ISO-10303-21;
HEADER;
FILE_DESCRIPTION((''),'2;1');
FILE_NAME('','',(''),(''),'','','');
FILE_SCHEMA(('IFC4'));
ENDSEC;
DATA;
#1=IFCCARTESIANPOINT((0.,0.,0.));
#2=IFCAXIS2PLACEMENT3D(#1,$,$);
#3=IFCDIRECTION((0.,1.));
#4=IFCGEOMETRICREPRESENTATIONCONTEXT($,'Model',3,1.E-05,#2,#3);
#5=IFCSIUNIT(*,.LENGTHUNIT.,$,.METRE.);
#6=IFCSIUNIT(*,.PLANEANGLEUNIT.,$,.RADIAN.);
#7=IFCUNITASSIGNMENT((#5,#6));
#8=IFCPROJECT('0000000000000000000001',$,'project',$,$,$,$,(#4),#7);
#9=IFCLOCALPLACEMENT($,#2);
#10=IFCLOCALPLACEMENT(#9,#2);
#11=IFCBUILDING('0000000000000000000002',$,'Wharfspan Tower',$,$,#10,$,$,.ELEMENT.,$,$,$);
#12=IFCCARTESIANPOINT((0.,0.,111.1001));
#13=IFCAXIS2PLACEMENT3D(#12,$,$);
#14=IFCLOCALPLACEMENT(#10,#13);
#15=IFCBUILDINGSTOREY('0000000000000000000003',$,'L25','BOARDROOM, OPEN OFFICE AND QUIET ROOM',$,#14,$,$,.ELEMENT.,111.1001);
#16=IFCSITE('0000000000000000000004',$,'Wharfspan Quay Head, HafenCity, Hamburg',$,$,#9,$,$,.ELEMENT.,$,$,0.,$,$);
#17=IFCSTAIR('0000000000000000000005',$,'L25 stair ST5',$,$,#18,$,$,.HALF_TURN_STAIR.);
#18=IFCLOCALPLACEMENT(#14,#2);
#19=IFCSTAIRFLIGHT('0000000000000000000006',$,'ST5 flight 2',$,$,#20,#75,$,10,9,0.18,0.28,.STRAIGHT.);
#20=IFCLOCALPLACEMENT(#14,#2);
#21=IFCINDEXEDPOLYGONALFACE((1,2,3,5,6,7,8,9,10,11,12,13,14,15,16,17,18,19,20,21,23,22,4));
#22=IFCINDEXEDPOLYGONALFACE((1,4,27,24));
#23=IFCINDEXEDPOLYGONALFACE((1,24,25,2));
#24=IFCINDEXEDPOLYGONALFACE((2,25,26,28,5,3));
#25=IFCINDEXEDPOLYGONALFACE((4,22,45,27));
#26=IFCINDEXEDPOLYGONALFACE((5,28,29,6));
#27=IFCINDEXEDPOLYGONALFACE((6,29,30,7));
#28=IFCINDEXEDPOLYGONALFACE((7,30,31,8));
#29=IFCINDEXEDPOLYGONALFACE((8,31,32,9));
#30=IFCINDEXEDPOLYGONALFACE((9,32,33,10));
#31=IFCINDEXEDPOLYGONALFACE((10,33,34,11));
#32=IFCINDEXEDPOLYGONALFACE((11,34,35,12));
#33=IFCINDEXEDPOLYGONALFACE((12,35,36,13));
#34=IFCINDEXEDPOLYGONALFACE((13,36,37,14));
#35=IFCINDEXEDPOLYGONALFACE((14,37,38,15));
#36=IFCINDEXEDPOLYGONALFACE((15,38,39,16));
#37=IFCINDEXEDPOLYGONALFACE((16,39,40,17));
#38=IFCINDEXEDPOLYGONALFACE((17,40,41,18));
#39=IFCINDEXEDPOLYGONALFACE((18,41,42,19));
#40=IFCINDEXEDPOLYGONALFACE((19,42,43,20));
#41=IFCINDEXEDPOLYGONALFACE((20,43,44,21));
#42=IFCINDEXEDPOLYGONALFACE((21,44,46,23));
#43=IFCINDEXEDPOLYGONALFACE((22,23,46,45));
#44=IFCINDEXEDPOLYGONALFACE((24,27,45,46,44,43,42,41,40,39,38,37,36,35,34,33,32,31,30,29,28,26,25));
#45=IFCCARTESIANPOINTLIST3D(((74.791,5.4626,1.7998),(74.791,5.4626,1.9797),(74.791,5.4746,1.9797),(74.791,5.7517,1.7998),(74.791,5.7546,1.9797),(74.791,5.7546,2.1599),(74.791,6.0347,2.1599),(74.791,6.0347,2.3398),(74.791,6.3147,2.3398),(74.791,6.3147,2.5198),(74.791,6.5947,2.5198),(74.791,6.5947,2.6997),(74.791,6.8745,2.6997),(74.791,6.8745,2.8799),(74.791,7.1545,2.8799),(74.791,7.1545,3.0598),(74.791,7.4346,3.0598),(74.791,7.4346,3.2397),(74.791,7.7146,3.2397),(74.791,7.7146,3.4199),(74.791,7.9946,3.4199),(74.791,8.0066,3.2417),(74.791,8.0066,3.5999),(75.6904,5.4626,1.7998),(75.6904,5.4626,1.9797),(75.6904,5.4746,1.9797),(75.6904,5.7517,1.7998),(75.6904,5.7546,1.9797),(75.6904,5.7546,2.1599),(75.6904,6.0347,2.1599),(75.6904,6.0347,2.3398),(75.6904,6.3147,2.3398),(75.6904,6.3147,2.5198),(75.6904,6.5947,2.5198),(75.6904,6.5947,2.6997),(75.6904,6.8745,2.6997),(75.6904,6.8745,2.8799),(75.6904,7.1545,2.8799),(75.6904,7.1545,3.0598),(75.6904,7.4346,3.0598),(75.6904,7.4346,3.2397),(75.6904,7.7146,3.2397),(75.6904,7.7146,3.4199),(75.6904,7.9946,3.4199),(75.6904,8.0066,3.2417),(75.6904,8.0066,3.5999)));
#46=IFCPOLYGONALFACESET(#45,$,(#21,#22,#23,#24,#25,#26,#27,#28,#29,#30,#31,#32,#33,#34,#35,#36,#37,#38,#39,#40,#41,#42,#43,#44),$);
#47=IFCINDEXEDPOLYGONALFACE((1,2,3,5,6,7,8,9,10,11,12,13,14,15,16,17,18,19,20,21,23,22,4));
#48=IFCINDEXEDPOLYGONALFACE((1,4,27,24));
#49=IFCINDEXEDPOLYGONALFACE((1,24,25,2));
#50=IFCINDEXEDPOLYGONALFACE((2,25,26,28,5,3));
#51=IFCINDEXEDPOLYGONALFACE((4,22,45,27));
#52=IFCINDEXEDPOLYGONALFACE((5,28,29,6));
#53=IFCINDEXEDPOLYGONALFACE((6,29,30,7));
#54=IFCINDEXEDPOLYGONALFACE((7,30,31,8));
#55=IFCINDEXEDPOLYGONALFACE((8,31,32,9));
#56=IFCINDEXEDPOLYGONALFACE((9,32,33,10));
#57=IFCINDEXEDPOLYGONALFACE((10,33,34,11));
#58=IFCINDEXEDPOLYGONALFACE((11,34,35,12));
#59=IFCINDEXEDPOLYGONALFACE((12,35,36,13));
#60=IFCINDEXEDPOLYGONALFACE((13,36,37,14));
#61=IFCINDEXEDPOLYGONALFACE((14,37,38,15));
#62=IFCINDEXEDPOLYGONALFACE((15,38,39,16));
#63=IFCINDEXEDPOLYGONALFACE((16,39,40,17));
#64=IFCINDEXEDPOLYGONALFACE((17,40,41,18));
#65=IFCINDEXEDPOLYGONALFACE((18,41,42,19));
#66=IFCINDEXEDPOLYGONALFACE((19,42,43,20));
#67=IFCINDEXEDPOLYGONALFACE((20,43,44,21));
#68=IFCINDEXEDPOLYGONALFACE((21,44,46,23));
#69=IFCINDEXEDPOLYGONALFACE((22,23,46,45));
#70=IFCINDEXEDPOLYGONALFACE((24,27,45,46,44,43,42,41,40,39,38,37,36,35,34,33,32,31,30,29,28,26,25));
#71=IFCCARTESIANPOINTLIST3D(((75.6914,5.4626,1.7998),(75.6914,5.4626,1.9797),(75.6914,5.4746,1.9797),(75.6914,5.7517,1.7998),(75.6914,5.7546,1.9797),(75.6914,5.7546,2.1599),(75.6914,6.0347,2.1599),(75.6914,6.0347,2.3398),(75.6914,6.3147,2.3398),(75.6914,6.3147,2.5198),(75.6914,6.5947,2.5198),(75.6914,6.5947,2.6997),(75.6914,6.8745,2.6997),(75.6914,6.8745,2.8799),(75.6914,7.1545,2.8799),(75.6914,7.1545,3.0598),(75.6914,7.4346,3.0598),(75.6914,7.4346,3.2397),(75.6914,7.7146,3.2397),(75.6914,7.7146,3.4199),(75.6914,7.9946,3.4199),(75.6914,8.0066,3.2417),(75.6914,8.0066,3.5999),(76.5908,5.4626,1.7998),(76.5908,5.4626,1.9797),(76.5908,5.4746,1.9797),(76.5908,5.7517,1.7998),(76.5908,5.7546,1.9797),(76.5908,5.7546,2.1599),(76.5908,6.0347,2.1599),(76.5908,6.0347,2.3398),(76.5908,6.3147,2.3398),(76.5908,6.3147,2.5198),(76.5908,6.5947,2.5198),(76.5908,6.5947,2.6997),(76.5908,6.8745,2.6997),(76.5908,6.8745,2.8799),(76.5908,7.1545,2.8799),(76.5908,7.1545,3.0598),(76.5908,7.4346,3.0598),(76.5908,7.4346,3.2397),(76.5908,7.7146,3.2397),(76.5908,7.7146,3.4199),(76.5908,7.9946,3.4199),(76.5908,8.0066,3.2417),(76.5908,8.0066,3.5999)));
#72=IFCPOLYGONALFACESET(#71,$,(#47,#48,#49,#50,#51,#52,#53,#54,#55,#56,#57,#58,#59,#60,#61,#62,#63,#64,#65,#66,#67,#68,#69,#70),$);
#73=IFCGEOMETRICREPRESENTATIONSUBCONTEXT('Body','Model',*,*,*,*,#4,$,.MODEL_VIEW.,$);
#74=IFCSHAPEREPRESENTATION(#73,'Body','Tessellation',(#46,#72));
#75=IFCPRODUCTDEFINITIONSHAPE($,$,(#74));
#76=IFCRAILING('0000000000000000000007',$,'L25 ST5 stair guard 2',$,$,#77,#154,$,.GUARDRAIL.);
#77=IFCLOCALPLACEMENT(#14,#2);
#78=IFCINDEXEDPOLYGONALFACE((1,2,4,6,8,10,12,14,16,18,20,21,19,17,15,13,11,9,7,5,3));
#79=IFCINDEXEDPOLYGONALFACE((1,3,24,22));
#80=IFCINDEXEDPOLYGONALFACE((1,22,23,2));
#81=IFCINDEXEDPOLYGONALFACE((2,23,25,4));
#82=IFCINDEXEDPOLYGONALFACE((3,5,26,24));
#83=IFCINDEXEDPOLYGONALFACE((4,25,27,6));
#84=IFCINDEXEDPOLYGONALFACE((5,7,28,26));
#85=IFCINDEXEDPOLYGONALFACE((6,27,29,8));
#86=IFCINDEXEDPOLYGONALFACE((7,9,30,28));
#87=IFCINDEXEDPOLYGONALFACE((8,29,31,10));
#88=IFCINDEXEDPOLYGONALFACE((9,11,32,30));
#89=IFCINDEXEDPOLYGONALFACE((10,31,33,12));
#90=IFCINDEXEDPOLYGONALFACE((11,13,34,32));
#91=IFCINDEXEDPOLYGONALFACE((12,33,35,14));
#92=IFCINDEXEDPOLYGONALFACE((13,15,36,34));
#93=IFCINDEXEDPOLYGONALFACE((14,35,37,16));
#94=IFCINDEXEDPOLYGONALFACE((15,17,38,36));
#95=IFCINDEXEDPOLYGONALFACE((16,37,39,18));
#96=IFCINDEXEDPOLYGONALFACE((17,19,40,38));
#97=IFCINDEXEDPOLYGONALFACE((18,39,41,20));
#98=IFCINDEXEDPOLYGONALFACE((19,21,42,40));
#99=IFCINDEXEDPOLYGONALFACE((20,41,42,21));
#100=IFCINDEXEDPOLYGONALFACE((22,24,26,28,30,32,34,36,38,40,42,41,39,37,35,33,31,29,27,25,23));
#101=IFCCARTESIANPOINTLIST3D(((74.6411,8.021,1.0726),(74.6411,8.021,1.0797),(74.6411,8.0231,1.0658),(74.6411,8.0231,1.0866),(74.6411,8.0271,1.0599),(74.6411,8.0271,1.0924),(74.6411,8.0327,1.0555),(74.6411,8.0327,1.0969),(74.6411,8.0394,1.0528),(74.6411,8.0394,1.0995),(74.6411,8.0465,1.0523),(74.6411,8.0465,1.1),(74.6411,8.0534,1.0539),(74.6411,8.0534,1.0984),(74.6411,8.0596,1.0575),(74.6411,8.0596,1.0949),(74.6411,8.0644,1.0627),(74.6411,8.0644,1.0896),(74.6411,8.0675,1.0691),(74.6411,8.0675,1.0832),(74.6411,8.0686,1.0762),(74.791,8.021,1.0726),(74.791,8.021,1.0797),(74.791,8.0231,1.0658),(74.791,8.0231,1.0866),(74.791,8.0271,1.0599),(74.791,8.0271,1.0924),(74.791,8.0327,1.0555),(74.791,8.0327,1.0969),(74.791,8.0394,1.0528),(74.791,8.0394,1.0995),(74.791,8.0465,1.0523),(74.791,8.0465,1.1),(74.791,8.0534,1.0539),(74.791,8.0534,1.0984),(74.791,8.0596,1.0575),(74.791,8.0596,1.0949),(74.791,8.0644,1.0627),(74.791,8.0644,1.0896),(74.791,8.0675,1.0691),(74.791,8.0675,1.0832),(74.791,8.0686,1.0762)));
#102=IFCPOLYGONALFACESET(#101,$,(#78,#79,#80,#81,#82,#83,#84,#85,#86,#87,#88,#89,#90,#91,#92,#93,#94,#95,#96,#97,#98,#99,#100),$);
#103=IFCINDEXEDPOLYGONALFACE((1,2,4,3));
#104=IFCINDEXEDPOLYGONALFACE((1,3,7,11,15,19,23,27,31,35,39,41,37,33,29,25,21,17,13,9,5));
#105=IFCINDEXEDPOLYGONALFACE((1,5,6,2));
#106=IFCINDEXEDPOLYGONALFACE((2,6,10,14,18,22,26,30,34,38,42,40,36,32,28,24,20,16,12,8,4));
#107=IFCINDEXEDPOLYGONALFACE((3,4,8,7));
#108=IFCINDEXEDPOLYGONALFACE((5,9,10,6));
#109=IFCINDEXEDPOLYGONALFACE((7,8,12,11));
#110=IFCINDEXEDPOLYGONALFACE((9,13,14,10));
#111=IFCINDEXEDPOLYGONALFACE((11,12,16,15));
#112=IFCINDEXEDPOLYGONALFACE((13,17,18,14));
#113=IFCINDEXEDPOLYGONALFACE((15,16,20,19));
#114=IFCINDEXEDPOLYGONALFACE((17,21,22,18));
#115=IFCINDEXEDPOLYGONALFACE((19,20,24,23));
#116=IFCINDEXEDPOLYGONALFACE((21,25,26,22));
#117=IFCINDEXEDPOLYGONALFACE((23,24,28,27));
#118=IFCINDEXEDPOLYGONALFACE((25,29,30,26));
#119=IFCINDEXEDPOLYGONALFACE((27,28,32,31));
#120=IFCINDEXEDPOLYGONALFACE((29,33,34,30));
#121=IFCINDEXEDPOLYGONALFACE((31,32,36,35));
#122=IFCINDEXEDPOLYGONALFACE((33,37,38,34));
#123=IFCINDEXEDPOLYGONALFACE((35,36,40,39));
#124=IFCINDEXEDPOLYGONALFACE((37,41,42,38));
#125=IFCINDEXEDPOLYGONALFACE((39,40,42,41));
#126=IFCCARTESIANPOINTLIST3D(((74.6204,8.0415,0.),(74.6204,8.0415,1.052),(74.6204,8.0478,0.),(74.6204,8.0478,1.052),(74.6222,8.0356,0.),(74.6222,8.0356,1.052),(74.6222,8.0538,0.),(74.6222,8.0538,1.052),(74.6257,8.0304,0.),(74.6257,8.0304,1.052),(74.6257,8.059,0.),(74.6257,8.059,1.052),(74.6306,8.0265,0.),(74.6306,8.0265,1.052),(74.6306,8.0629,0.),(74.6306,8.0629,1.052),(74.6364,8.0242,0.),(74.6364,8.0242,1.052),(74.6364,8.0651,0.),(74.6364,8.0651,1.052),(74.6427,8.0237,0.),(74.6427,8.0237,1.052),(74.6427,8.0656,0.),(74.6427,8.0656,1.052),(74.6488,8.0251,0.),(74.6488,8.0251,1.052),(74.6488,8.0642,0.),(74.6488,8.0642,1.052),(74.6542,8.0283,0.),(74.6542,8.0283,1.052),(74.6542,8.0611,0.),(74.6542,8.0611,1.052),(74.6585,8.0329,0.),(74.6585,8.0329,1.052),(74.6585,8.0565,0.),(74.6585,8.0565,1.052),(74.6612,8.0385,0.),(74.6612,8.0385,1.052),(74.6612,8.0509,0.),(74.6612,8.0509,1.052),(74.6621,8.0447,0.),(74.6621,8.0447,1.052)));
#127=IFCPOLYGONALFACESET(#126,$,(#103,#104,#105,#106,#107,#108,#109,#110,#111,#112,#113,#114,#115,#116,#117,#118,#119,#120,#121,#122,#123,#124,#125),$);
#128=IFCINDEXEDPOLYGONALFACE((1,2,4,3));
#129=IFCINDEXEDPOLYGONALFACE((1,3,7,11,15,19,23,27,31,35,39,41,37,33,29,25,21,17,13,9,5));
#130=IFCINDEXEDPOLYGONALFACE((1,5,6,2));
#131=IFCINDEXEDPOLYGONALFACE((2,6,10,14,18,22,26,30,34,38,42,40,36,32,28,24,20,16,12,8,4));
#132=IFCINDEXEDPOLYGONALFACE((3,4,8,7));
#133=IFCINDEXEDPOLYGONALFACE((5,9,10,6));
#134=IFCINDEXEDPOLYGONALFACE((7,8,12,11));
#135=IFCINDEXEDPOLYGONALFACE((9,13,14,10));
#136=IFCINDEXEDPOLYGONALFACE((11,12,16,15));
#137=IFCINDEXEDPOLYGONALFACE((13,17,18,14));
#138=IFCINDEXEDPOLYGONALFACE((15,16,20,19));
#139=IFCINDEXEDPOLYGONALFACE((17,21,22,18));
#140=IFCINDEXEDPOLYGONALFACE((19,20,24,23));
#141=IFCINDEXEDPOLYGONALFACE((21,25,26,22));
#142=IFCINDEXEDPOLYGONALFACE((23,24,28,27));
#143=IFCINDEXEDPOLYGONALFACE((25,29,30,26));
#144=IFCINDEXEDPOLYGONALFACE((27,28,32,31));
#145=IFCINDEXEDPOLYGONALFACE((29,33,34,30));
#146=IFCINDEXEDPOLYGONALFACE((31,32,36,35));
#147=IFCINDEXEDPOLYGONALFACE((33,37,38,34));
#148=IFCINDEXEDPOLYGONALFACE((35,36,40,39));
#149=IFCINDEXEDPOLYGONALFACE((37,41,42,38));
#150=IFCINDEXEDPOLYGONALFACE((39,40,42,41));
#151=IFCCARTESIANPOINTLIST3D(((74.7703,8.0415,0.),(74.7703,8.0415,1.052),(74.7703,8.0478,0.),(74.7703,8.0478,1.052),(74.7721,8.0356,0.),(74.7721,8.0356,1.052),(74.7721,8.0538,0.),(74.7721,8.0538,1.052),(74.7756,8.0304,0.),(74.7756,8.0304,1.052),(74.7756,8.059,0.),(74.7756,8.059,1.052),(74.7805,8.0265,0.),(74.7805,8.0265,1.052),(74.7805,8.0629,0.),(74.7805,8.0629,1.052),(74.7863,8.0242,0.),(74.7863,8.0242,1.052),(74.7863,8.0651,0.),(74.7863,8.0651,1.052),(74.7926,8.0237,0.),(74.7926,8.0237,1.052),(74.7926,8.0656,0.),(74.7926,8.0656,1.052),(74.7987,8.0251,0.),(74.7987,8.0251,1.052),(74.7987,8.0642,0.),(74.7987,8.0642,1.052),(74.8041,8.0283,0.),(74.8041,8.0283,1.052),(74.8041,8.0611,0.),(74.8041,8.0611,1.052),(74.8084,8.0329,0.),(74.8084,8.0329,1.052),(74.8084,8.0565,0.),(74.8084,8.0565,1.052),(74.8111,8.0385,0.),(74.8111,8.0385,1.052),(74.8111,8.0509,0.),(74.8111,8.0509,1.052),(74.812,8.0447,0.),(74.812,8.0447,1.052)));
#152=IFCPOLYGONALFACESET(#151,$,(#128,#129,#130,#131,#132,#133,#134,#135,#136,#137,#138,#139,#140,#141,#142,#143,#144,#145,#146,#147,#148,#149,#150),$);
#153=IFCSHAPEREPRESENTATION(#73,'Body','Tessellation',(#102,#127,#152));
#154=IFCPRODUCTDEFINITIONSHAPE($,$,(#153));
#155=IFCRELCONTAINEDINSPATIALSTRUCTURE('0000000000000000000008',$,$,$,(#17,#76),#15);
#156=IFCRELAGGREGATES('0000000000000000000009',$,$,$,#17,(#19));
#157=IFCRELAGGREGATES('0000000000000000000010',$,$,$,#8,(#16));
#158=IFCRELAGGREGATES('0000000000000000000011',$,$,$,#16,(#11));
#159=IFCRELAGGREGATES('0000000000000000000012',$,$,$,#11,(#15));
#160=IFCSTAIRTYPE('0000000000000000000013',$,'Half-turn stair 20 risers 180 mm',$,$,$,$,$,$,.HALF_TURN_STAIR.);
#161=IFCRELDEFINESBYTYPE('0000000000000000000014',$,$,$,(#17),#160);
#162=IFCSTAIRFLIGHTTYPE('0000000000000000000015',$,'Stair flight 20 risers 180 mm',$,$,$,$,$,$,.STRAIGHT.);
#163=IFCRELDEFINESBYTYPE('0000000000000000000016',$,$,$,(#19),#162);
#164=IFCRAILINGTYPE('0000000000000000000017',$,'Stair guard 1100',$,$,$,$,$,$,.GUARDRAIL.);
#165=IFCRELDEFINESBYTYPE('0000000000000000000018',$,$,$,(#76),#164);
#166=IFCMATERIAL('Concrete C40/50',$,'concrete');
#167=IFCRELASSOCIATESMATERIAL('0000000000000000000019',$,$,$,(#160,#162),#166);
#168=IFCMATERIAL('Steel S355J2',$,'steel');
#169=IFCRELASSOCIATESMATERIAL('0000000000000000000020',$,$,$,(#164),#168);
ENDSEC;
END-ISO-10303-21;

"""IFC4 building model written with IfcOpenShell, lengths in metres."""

from ifc_helpers import new_model, si_unit, direction, frame, origin, origin_2d, place, context, subcontext, project, spatial, polyline, circle, outline, extrude, material, type_object, element, aggregate, save


model = new_model("IFC4")

# Units and contexts
model_context = context("Model", 3, precision=1e-05, world=origin(), true_north=direction((0.0, 1.0)))
body_context = subcontext(model_context, "Body", "Model", "MODEL_VIEW")
ifc_project = project(units=[si_unit("LENGTHUNIT", "METRE"), si_unit("PLANEANGLEUNIT", "RADIAN")], contexts=[model_context])

# Site, building, storey
site_placement = place(None, origin())
site = spatial("IfcSite", under=ifc_project, at=site_placement, Name="Wharfspan Quay Head, HafenCity, Hamburg", CompositionType="ELEMENT", RefElevation=0.0)
building_placement = place(site_placement, origin())
building = spatial("IfcBuilding", under=site, at=building_placement, Name="Wharfspan Tower", CompositionType="ELEMENT")
storey_placement = place(building_placement, frame((0.0, 0.0, 111.1001)))
storey = spatial("IfcBuildingStorey", under=building, at=storey_placement, Name="L25", Description="BOARDROOM, OPEN OFFICE AND QUIET ROOM", CompositionType="ELEMENT", Elevation=111.1001)

# Shared definitions
ifc_material_1 = material(Name="Steel S355J2", Category="steel")

# Shared definitions
ifc_material_2 = material(Name="Concrete C40/50", Category="concrete")

# Stair, stair flight
stair_type = type_object("IfcStairType", Name="Half-turn stair 20 risers 180 mm", PredefinedType="HALF_TURN_STAIR", material=ifc_material_2)
stair_placement = place(storey_placement, origin())
stair = element("IfcStair", 1, at=stair_placement, inside=storey, type_object=stair_type, Name="L25 stair ST5", PredefinedType="HALF_TURN_STAIR")
stair_flight_type = type_object("IfcStairFlightType", Name="Stair flight 20 risers 180 mm", PredefinedType="STRAIGHT", material=ifc_material_2)
stair_flight_1_placement = place(storey_placement, frame((75.6909, 5.4746, 1.7998), z_axis=(0.0, 0.0, 1.0), x_axis=(0.0, 1.0, 0.0)))
stair_flight_1 = element("IfcStairFlight", 2, at=stair_flight_1_placement, type_object=stair_flight_type, Name="ST5 flight 2", NumberOfRisers=10, NumberOfTreads=9, PredefinedType="STRAIGHT", RiserHeight=0.18, TreadLength=0.28, context=body_context, shape_type="SweptSolid", body=[
    extrude(outline(polyline([(-0.012, 0.0), (-0.012, 0.1799), (0.0, 0.1799), (0.28, 0.1799), (0.28, 0.3601), (0.5601, 0.3601), (0.5601, 0.54), (0.8401, 0.54), (0.8401, 0.72), (1.1201, 0.72), (1.1201, 0.8999), (1.3999, 0.8999), (1.3999, 1.0801), (1.6799, 1.0801), (1.6799, 1.26), (1.96, 1.26), (1.96, 1.4399), (2.24, 1.4399), (2.24, 1.6201), (2.52, 1.6201), (2.532, 1.8), (2.532, 1.4419), (0.2771, 0.0), (-0.012, 0.0)])), frame((0.0, 0.8999, 0.0), z_axis=(0.0, -1.0, 0.0), x_axis=(1.0, 0.0, 0.0)), (0.0, 0.0, 1.0), 0.8994),
    extrude(outline(polyline([(-0.012, 0.0), (-0.012, 0.1799), (0.0, 0.1799), (0.28, 0.1799), (0.28, 0.3601), (0.5601, 0.3601), (0.5601, 0.54), (0.8401, 0.54), (0.8401, 0.72), (1.1201, 0.72), (1.1201, 0.8999), (1.3999, 0.8999), (1.3999, 1.0801), (1.6799, 1.0801), (1.6799, 1.26), (1.96, 1.26), (1.96, 1.4399), (2.24, 1.4399), (2.24, 1.6201), (2.52, 1.6201), (2.532, 1.8), (2.532, 1.4419), (0.2771, 0.0), (-0.012, 0.0)])), frame((0.0, -0.0005, 0.0), z_axis=(0.0, -1.0, 0.0), x_axis=(1.0, 0.0, 0.0)), (0.0, 0.0, 1.0), 0.8994),
])
aggregate(stair, [stair_flight_1])

# Railing
railing_type_1 = type_object("IfcRailingType", Name="Stair guard 1100", PredefinedType="GUARDRAIL", material=ifc_material_1)
railing_1_placement = place(storey_placement, frame((74.6411, 8.0447, 0.0)))
element("IfcRailing", 3, at=railing_1_placement, inside=storey, type_object=railing_type_1, Name="L25 ST5 stair guard 2", PredefinedType="GUARDRAIL", context=body_context, shape_type="SweptSolid", body=[
    extrude(circle(Radius=0.0239, at=origin_2d()), frame((0.0, 0.0, 1.0762), z_axis=(1.0, 0.0, 0.0), x_axis=(0.0, 1.0, 0.0)), (0.0, 0.0, 1.0), 0.1499),
    extrude(circle(Radius=0.021, at=origin_2d()), origin(), (0.0, 0.0, 1.0), 1.052),
    extrude(circle(Radius=0.021, at=origin_2d()), frame((0.1499, 0.0, 0.0)), (0.0, 0.0, 1.0), 1.052),
])

save(model, "model.ifc")
